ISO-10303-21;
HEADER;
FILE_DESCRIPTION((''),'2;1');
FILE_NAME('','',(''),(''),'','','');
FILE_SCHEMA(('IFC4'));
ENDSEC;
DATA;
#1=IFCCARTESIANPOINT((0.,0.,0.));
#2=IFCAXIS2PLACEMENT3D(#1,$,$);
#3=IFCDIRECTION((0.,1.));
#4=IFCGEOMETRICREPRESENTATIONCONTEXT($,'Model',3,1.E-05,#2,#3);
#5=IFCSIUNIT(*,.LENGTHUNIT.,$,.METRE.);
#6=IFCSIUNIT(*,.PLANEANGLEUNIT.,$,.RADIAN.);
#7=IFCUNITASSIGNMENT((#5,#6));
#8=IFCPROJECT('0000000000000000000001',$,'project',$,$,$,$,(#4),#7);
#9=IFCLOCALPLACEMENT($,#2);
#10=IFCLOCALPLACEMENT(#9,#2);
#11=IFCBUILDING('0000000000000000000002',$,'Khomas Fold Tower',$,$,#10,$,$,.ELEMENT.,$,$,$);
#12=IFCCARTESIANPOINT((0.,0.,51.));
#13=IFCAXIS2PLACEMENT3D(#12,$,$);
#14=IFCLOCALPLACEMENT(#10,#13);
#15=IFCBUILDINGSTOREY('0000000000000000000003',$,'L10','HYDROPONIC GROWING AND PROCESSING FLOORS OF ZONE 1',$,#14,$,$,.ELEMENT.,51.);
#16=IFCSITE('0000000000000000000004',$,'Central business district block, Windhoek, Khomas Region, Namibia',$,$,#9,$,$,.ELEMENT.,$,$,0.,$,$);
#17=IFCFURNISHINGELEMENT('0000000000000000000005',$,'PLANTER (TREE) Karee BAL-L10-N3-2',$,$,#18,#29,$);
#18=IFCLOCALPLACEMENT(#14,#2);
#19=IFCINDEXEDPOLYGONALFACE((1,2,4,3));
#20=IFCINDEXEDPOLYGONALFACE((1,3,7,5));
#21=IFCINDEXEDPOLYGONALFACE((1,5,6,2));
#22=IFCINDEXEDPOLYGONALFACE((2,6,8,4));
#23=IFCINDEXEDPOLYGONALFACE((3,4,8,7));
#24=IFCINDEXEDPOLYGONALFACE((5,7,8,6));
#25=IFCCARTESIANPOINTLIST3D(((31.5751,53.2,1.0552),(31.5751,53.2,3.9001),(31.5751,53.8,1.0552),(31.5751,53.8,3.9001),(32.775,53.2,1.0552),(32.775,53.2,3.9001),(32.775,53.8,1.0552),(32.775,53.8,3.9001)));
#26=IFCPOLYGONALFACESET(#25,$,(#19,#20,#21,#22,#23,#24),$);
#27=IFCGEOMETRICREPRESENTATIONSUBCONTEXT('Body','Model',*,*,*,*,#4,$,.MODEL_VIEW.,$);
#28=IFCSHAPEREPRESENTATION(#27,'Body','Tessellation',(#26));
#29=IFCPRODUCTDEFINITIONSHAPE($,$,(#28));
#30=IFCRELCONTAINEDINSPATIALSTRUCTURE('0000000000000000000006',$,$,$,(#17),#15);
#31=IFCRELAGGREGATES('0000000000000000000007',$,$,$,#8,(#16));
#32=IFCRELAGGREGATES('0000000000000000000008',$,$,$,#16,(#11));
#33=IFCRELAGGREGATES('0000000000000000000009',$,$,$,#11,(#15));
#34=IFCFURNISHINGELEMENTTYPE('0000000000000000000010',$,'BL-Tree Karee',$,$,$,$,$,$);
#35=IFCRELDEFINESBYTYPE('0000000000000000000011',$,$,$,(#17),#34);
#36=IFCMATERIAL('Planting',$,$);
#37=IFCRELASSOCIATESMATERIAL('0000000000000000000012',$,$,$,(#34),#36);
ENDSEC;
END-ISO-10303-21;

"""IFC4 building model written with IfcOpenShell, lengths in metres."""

from ifc_helpers import new_model, si_unit, direction, frame, origin, origin_2d, place, context, subcontext, project, spatial, rectangle, extrude, source, transform, mapped, material, type_object, element, save


model = new_model("IFC4")

# Units and contexts
model_context = context("Model", 3, precision=1e-05, world=origin(), true_north=direction((0.0, 1.0)))
body_context = subcontext(model_context, "Body", "Model", "MODEL_VIEW")
ifc_project = project(units=[si_unit("LENGTHUNIT", "METRE"), si_unit("PLANEANGLEUNIT", "RADIAN")], contexts=[model_context])

# Site, building, storey
site_placement = place(None, origin())
site = spatial("IfcSite", under=ifc_project, at=site_placement, Name="Central business district block, Windhoek, Khomas Region, Namibia", CompositionType="ELEMENT", RefElevation=0.0)
building_placement = place(site_placement, origin())
building = spatial("IfcBuilding", under=site, at=building_placement, Name="Khomas Fold Tower", CompositionType="ELEMENT")
storey_placement = place(building_placement, frame((0.0, 0.0, 51.0)))
storey = spatial("IfcBuildingStorey", under=building, at=storey_placement, Name="L10", Description="HYDROPONIC GROWING AND PROCESSING FLOORS OF ZONE 1", CompositionType="ELEMENT", Elevation=51.0)

# Furnishing element
shared_shape_1 = source(origin(), body_context, "Body", "SweptSolid", [
    extrude(rectangle(XDim=1.2, YDim=0.6001, at=origin_2d()), origin(), (0.0, 0.0, 1.0), 2.845),
])
ifc_material_1 = material(Name="Planting")
furnishing_element_type_1 = type_object("IfcFurnishingElementType", Name="BL-Tree Karee", material=ifc_material_1)
furnishing_1_placement = place(storey_placement, frame((32.175, 53.5, 1.0552), z_axis=(0.0, 0.0, 1.0), x_axis=(1.0, 0.0, 0.0)))
element("IfcFurnishingElement", 1, at=furnishing_1_placement, inside=storey, type_object=furnishing_element_type_1, Name="PLANTER (TREE) Karee BAL-L10-N3-2", context=body_context, shape_type="MappedRepresentation", body=[
    mapped(shared_shape_1, transform((0.0, 0.0, 0.0))),
])

save(model, "model.ifc")
